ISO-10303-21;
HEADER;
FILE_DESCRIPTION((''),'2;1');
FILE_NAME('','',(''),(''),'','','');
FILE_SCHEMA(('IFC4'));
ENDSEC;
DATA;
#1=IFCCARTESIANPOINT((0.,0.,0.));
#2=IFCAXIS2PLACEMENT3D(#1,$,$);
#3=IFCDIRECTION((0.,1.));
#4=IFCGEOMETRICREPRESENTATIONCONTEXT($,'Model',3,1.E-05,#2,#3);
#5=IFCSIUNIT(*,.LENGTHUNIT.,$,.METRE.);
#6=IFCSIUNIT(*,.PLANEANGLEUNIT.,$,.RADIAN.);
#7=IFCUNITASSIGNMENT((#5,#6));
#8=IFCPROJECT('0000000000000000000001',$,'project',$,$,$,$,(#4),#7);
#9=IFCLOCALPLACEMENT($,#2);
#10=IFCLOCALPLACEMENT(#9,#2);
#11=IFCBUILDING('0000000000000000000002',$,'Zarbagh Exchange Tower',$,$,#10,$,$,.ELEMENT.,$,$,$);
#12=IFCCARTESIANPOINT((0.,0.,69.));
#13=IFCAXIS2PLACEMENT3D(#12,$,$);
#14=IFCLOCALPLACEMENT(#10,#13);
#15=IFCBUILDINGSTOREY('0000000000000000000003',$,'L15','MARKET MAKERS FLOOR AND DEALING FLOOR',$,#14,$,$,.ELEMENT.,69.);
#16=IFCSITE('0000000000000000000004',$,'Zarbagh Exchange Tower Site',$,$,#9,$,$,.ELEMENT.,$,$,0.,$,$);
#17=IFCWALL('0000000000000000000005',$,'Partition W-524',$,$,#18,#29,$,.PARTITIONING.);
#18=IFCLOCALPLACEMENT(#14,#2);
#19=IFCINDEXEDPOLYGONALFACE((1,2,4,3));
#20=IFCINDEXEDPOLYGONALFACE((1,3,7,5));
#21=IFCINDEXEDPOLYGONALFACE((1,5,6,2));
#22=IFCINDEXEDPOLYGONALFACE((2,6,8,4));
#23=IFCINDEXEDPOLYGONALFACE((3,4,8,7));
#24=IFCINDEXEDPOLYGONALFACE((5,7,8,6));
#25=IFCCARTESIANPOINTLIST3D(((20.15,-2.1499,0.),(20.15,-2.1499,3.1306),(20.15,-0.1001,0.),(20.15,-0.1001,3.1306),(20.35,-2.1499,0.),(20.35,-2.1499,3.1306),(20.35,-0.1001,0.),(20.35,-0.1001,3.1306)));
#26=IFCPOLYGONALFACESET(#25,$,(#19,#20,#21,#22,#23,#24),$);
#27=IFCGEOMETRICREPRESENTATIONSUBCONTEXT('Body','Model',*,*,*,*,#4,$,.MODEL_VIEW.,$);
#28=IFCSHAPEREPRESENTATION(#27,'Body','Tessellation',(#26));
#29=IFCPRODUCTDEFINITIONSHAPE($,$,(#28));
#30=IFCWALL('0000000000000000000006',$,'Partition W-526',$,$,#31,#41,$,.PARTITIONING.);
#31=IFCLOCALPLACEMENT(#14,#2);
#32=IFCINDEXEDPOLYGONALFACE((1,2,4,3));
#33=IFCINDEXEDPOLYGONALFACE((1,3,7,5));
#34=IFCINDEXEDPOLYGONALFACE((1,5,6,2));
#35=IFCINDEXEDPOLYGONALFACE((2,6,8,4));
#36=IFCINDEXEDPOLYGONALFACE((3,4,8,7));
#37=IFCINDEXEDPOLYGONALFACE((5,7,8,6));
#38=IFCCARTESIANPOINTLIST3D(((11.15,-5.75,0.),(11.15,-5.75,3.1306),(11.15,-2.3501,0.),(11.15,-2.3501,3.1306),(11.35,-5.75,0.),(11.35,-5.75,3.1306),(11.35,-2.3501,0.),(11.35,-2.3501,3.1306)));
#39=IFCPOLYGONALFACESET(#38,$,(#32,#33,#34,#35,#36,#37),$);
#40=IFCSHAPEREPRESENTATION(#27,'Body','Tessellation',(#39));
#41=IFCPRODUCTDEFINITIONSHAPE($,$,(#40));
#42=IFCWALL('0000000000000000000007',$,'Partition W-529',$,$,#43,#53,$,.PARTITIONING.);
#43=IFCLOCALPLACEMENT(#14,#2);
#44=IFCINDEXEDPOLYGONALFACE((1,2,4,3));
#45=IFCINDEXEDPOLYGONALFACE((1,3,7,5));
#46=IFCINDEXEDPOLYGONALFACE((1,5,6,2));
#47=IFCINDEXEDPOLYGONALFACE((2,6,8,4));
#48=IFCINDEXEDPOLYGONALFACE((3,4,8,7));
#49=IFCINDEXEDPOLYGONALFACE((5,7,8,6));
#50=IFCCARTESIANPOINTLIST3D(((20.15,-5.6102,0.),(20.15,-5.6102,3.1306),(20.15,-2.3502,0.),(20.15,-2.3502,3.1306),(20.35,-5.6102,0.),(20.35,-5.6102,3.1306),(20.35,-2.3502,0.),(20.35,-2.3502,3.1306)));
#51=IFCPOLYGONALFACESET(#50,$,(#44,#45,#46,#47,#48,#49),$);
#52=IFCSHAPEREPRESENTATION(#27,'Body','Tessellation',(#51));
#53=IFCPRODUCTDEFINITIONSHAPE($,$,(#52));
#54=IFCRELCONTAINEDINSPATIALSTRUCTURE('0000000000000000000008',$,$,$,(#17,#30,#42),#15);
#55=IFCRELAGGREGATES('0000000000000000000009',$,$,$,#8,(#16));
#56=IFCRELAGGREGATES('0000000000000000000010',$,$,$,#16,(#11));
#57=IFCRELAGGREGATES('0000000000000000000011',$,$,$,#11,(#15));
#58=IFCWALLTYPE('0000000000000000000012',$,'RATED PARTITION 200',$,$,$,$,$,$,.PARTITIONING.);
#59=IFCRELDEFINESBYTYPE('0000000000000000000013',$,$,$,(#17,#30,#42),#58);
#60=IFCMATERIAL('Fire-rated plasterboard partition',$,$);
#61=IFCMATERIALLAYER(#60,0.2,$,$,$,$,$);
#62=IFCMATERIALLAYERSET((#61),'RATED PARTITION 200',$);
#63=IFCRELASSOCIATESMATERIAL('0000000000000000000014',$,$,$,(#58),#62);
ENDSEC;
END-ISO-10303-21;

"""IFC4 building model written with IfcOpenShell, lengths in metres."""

from ifc_helpers import new_model, si_unit, direction, frame, frame_2d, origin, place, context, subcontext, project, spatial, rectangle, extrude, material, layer, layer_set, type_object, element, save


model = new_model("IFC4")

# Units and contexts
model_context = context("Model", 3, precision=1e-05, world=origin(), true_north=direction((0.0, 1.0)))
body_context = subcontext(model_context, "Body", "Model", "MODEL_VIEW")
ifc_project = project(units=[si_unit("LENGTHUNIT", "METRE"), si_unit("PLANEANGLEUNIT", "RADIAN")], contexts=[model_context])

# Site, building, storey
site_placement = place(None, origin())
site = spatial("IfcSite", under=ifc_project, at=site_placement, Name="Zarbagh Exchange Tower Site", CompositionType="ELEMENT", RefElevation=0.0)
building_placement = place(site_placement, origin())
building = spatial("IfcBuilding", under=site, at=building_placement, Name="Zarbagh Exchange Tower", CompositionType="ELEMENT")
storey_placement = place(building_placement, frame((0.0, 0.0, 69.0)))
storey = spatial("IfcBuildingStorey", under=building, at=storey_placement, Name="L15", Description="MARKET MAKERS FLOOR AND DEALING FLOOR", CompositionType="ELEMENT", Elevation=69.0)

# Shared definitions
ifc_material_1 = material(Name="Fire-rated plasterboard partition")
ifc_layer = layer(ifc_material_1, 0.2)
ifc_layer_set = layer_set([ifc_layer], Name="RATED PARTITION 200")
wall_type = type_object("IfcWallType", Name="RATED PARTITION 200", PredefinedType="PARTITIONING", material=ifc_layer_set)

# Walls
wall_1_placement = place(storey_placement, frame((20.25, -2.1499, 0.0), z_axis=(0.0, 0.0, 1.0), x_axis=(0.0, 1.0, 0.0)))
element("IfcWall", 1, at=wall_1_placement, inside=storey, type_object=wall_type, Name="Partition W-524", PredefinedType="PARTITIONING", context=body_context, shape_type="SweptSolid", body=[
    extrude(rectangle(XDim=2.0498, YDim=0.2, at=frame_2d((1.0249, 0.0))), origin(), (0.0, 0.0, 1.0), 3.1306),
])
wall_2_placement = place(storey_placement, frame((11.25, -5.75, 0.0), z_axis=(0.0, 0.0, 1.0), x_axis=(0.0, 1.0, 0.0)))
element("IfcWall", 2, at=wall_2_placement, inside=storey, type_object=wall_type, Name="Partition W-526", PredefinedType="PARTITIONING", context=body_context, shape_type="SweptSolid", body=[
    extrude(rectangle(XDim=3.3999, YDim=0.2, at=frame_2d((1.7, 0.0))), origin(), (0.0, 0.0, 1.0), 3.1306),
])
wall_3_placement = place(storey_placement, frame((20.25, -5.6101, 0.0), z_axis=(0.0, 0.0, 1.0), x_axis=(0.0, 1.0, 0.0)))
element("IfcWall", 3, at=wall_3_placement, inside=storey, type_object=wall_type, Name="Partition W-529", PredefinedType="PARTITIONING", context=body_context, shape_type="SweptSolid", body=[
    extrude(rectangle(XDim=3.26, YDim=0.2, at=frame_2d((1.6299, 0.0))), origin(), (0.0, 0.0, 1.0), 3.1306),
])

save(model, "model.ifc")
